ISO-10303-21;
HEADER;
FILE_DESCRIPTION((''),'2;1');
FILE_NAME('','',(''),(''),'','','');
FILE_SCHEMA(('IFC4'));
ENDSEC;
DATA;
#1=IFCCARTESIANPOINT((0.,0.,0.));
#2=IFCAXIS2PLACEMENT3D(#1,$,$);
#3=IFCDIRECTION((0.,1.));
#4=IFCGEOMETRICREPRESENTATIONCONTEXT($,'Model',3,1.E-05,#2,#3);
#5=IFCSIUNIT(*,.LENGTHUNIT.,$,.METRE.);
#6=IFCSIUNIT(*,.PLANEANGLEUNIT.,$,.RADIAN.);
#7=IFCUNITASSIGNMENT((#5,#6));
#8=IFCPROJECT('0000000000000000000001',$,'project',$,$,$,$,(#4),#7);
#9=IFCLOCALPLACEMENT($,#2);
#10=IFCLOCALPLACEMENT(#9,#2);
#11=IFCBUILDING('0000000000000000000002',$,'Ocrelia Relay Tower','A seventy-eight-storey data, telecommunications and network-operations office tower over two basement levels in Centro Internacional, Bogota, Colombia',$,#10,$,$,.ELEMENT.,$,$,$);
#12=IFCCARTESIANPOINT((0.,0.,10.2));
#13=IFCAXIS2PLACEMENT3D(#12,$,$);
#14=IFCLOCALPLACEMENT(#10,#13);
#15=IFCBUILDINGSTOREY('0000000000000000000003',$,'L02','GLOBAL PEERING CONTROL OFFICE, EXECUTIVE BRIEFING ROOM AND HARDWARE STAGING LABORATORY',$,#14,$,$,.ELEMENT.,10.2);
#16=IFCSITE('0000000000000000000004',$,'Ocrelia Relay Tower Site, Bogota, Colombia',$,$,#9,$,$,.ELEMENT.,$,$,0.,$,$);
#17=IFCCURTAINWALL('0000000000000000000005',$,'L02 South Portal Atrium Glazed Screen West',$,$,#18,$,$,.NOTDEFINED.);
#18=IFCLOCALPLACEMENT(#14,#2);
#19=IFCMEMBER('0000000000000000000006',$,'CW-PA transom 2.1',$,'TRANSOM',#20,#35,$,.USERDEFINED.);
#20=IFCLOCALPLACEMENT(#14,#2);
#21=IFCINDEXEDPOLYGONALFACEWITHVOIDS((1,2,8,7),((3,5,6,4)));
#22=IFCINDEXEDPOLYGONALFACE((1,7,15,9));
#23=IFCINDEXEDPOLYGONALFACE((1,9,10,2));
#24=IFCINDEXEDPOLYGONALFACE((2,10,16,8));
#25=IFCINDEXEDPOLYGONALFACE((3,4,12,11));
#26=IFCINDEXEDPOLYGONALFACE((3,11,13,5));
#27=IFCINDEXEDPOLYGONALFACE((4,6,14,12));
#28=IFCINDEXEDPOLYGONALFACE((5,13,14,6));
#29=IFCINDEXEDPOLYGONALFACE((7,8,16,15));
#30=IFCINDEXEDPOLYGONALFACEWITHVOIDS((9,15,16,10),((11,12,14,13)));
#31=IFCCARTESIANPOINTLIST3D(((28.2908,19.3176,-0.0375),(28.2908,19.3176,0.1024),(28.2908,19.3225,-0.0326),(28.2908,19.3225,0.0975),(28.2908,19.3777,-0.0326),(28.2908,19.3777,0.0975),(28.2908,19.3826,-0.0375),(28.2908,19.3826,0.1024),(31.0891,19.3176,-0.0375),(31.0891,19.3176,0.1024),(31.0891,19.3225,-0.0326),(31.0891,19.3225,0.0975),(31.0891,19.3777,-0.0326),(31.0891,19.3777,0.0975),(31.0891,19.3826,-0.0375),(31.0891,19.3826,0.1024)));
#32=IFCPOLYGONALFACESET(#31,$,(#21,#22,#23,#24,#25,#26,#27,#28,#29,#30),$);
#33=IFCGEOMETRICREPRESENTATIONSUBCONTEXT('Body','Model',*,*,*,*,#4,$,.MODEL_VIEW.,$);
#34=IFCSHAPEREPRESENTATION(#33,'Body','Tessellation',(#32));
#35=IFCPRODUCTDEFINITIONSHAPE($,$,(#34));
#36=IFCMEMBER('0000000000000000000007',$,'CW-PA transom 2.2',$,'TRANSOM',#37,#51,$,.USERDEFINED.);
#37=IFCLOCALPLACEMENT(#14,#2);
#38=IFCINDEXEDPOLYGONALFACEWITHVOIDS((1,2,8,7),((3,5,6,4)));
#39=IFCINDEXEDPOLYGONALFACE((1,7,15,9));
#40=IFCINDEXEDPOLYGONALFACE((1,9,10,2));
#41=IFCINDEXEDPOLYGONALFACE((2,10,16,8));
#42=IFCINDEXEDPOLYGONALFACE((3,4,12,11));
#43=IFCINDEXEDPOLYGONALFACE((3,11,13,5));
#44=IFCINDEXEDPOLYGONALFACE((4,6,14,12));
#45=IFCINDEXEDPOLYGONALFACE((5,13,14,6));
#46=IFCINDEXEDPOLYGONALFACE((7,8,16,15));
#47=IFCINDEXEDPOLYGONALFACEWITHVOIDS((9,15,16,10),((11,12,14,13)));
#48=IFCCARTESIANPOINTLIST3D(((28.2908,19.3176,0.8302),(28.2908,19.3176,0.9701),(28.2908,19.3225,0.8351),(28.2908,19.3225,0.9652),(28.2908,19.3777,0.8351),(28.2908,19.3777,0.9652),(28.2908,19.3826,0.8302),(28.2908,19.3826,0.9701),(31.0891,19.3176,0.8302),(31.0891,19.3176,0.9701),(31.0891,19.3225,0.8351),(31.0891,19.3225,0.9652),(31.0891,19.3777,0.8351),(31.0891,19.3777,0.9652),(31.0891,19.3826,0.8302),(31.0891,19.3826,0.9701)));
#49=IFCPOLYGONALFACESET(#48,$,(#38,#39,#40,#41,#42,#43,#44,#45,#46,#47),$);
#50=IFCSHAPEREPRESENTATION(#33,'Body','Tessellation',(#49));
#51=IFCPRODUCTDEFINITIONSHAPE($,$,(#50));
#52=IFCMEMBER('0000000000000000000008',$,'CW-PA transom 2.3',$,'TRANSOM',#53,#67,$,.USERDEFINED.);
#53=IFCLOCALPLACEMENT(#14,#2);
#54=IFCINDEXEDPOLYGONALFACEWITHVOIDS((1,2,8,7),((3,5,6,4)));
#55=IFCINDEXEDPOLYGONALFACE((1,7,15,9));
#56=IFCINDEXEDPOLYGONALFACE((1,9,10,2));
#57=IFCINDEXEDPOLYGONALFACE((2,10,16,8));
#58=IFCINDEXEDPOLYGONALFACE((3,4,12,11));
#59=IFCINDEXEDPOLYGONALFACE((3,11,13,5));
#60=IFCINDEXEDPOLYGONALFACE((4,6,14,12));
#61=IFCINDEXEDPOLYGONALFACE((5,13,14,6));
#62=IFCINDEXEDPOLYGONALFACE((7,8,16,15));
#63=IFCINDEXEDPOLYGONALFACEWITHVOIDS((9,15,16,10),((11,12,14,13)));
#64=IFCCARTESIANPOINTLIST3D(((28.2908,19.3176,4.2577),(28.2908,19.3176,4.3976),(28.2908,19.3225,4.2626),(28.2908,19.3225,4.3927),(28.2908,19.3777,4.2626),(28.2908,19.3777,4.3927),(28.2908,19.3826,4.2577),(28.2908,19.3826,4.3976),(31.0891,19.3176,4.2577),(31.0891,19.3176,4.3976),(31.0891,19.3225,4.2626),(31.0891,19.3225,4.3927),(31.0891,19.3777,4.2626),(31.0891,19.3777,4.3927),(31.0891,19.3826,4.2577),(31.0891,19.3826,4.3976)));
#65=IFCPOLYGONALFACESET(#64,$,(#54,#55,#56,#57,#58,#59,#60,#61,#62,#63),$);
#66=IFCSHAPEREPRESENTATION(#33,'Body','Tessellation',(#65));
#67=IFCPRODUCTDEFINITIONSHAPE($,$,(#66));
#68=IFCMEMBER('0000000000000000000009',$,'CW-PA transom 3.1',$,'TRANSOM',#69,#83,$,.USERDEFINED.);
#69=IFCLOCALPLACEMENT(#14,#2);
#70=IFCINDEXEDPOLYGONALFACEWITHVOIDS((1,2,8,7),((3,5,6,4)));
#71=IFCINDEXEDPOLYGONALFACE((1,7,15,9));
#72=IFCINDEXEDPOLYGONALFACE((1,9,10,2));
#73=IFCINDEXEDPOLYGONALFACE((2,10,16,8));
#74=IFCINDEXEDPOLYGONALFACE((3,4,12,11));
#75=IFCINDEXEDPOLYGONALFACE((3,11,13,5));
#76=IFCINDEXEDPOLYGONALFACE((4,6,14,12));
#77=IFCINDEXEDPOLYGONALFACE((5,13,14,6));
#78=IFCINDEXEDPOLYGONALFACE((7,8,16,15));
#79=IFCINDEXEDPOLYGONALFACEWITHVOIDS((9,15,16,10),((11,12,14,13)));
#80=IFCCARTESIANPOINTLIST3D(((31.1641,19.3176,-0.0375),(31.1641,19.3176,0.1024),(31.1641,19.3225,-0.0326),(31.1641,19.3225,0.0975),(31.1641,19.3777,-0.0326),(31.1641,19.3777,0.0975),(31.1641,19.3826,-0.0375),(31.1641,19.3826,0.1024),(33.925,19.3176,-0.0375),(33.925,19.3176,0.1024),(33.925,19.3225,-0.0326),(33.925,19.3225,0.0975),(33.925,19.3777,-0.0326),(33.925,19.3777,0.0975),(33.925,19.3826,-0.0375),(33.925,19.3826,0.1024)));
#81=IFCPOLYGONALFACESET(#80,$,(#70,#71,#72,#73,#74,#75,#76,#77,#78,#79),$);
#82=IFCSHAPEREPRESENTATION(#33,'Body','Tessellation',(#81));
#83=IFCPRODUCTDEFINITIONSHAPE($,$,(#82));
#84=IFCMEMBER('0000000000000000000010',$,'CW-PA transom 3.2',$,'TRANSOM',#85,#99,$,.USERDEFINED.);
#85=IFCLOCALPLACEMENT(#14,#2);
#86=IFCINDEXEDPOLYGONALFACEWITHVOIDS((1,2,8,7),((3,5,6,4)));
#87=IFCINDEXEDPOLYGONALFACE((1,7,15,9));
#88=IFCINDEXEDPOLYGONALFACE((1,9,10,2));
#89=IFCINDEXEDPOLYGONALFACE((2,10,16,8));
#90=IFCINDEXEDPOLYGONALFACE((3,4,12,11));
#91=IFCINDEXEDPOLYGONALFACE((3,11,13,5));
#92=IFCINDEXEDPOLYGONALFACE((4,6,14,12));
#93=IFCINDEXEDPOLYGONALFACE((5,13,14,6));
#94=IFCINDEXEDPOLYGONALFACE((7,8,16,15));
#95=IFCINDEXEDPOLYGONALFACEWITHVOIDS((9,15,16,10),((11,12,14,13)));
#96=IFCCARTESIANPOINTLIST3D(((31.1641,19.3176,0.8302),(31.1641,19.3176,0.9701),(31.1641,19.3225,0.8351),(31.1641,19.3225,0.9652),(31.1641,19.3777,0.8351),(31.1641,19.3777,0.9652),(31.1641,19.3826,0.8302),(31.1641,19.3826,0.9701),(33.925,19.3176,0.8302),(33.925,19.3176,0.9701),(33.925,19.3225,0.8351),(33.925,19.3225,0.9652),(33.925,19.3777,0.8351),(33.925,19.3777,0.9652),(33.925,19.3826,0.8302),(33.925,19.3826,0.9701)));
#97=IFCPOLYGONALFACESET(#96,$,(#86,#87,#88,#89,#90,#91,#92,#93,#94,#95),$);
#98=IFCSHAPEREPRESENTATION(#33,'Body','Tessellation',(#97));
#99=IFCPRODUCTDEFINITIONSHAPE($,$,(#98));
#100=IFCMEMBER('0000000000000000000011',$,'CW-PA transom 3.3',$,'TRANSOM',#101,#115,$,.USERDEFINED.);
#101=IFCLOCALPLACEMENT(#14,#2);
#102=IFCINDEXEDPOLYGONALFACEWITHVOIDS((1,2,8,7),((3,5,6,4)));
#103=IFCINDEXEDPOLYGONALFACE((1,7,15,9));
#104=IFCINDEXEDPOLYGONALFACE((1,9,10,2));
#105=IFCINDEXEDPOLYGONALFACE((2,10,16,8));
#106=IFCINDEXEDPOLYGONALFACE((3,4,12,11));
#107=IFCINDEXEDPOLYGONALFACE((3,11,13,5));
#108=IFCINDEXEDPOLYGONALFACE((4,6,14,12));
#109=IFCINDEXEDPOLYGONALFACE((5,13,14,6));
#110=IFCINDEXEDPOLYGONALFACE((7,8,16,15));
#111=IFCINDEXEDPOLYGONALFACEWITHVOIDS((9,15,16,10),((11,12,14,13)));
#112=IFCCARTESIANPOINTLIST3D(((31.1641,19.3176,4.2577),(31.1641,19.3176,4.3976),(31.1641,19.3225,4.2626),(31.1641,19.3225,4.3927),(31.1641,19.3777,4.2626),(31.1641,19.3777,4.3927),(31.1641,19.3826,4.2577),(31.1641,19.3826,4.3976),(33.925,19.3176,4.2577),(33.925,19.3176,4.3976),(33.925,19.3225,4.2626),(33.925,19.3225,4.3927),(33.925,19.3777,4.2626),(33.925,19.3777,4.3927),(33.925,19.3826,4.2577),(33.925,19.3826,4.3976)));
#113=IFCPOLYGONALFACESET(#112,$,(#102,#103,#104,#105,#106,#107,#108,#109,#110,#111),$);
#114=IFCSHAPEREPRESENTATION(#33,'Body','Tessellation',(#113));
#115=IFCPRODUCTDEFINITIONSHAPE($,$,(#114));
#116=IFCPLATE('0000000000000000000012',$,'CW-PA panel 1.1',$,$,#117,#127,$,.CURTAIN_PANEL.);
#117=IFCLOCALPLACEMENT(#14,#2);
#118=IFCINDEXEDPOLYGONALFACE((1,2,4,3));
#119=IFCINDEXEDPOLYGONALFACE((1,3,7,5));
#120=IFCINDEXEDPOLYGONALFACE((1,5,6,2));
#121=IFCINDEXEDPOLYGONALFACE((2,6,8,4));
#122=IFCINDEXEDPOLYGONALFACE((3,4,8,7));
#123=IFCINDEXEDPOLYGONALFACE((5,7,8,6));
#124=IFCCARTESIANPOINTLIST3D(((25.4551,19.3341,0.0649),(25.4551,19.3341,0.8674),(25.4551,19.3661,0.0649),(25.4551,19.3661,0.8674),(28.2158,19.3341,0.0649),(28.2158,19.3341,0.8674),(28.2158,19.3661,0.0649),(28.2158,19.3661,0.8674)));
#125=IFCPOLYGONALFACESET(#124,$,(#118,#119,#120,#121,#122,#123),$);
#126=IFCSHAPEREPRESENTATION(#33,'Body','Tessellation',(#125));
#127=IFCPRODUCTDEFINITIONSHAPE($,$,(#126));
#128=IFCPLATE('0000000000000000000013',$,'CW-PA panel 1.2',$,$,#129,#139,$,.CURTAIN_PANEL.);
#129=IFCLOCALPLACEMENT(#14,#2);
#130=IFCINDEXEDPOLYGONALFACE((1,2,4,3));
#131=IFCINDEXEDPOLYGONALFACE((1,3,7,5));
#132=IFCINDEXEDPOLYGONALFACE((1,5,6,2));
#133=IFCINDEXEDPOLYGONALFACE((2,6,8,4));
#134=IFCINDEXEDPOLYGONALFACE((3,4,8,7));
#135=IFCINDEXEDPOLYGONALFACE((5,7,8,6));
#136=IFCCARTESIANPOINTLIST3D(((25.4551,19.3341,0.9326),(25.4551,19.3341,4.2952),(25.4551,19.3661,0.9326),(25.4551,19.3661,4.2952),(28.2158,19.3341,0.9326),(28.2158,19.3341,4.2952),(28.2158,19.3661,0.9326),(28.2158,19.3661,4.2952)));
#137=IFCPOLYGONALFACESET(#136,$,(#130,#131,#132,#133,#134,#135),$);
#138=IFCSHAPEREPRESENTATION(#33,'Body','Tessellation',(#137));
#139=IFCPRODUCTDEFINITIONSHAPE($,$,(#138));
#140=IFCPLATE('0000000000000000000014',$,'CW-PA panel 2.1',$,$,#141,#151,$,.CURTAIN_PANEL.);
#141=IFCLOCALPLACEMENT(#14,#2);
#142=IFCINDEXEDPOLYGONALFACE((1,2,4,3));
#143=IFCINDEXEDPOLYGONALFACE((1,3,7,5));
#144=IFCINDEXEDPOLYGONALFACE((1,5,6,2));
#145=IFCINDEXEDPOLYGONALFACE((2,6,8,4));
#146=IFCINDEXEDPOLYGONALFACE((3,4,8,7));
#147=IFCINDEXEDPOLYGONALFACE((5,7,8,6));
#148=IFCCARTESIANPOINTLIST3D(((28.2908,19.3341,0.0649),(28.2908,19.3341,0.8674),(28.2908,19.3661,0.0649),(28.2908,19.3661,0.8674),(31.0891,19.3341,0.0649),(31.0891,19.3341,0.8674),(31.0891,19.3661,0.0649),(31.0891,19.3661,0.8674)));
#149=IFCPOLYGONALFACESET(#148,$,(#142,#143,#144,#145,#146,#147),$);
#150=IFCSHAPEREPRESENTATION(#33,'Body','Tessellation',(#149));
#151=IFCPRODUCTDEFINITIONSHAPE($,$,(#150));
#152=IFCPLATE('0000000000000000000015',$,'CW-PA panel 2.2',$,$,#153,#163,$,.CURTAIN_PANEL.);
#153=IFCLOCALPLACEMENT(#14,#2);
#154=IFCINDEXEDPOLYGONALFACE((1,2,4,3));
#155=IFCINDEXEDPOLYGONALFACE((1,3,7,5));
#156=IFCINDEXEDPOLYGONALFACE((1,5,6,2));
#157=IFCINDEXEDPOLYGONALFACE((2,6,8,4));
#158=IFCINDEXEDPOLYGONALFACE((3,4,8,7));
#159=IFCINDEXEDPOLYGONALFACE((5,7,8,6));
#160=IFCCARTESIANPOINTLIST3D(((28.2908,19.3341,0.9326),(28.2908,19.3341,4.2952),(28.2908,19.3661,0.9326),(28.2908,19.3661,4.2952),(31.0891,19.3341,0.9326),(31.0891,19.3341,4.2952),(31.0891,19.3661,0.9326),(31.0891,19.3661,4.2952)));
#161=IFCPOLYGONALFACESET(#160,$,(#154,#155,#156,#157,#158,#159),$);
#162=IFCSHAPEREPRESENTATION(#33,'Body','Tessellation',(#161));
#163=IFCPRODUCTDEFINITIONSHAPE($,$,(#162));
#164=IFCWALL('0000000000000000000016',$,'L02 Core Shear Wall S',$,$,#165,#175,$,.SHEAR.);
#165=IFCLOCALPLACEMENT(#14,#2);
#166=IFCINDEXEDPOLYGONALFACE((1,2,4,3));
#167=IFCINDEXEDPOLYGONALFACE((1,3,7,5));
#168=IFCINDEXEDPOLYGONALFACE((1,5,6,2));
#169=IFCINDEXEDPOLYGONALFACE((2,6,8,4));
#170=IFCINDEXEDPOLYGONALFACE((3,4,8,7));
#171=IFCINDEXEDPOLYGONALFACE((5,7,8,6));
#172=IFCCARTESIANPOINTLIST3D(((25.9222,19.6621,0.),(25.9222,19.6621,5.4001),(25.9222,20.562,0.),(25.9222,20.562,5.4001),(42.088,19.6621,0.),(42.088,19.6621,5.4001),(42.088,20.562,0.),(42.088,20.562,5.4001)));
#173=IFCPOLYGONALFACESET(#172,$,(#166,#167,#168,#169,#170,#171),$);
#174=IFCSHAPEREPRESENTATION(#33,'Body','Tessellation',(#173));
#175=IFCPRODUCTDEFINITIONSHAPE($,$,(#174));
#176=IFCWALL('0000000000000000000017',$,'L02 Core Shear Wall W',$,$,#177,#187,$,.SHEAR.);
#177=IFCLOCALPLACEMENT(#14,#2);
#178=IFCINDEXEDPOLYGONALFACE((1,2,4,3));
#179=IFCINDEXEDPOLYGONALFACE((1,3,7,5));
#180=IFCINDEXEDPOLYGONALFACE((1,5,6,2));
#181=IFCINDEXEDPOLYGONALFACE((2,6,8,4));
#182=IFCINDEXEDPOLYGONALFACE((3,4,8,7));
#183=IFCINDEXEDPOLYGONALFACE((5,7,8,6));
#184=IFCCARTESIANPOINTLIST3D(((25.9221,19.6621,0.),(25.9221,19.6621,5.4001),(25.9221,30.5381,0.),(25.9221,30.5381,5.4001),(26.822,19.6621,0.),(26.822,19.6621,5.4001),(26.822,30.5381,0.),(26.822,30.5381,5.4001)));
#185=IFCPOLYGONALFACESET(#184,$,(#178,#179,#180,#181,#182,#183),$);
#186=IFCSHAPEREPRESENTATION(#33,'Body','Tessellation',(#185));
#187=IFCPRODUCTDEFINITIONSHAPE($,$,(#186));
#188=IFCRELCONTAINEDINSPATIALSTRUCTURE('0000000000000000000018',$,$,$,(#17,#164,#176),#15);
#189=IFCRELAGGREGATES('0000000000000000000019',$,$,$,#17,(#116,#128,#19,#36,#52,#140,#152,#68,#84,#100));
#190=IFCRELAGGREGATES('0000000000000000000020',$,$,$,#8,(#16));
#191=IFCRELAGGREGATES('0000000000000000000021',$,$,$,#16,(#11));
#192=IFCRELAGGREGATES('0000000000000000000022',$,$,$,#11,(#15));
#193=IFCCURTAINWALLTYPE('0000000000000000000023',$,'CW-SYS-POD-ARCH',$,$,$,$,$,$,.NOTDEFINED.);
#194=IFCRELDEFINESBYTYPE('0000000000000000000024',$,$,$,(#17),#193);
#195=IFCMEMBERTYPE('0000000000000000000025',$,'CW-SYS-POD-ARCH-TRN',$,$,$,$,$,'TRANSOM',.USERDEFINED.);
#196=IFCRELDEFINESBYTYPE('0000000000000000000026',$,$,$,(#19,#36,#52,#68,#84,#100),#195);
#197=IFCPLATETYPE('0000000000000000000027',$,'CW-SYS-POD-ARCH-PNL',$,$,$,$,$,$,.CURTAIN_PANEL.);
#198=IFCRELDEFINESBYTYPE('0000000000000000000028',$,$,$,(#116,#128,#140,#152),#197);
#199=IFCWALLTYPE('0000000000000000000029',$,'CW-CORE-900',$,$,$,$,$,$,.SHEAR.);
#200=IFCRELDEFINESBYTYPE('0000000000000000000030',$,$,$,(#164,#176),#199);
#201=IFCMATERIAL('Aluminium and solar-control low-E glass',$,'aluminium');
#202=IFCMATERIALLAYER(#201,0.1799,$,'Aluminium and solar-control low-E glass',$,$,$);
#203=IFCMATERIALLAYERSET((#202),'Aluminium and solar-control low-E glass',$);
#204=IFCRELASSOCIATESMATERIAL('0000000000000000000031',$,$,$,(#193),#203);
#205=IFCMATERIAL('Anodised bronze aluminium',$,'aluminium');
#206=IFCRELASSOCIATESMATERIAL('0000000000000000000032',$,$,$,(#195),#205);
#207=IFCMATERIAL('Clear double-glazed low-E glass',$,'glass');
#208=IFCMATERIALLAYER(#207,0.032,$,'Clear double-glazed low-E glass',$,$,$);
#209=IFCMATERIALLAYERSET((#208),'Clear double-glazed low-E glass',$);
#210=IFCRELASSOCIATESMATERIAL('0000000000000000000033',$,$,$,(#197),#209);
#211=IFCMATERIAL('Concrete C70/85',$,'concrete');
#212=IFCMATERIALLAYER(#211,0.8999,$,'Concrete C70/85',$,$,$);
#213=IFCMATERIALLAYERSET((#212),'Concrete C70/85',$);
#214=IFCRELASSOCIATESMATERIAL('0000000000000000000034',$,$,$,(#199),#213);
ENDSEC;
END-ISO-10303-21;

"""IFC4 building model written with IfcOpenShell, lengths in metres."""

from ifc_helpers import new_model, si_unit, direction, frame, frame_2d, origin, origin_2d, place, context, subcontext, project, spatial, rectangle, hollow_rectangle, extrude, material, layer, layer_set, material_profile, profile_set, type_object, element, aggregate, save


model = new_model("IFC4")

# Units and contexts
model_context = context("Model", 3, precision=1e-05, world=origin(), true_north=direction((0.0, 1.0)))
body_context = subcontext(model_context, "Body", "Model", "MODEL_VIEW")
ifc_project = project(units=[si_unit("LENGTHUNIT", "METRE"), si_unit("PLANEANGLEUNIT", "RADIAN")], contexts=[model_context])

# Site, building, storey
site_placement = place(None, origin())
site = spatial("IfcSite", under=ifc_project, at=site_placement, Name="Ocrelia Relay Tower Site, Bogota, Colombia", CompositionType="ELEMENT", RefElevation=0.0)
building_placement = place(site_placement, origin())
building = spatial("IfcBuilding", under=site, at=building_placement, Name="Ocrelia Relay Tower", Description="A seventy-eight-storey data, telecommunications and network-operations office tower over two basement levels in Centro Internacional, Bogota, Colombia", CompositionType="ELEMENT")
storey_placement = place(building_placement, frame((0.0, 0.0, 10.2)))
storey = spatial("IfcBuildingStorey", under=building, at=storey_placement, Name="L02", Description="GLOBAL PEERING CONTROL OFFICE, EXECUTIVE BRIEFING ROOM AND HARDWARE STAGING LABORATORY", CompositionType="ELEMENT", Elevation=10.2)

# Curtain wall, members, plates
ifc_material_1 = material(Name="Aluminium and solar-control low-E glass", Category="aluminium")
ifc_layer_1 = layer(ifc_material_1, 0.1799, Name="Aluminium and solar-control low-E glass")
ifc_layer_set_1 = layer_set([ifc_layer_1], Name="Aluminium and solar-control low-E glass")
curtain_wall_type = type_object("IfcCurtainWallType", Name="CW-SYS-POD-ARCH", PredefinedType="NOTDEFINED", material=ifc_layer_set_1)
curtain_wall_placement = place(storey_placement, origin())
curtain_wall = element("IfcCurtainWall", 1, at=curtain_wall_placement, inside=storey, type_object=curtain_wall_type, Name="L02 South Portal Atrium Glazed Screen West", PredefinedType="NOTDEFINED")
ifc_material_2 = material(Name="Anodised bronze aluminium", Category="aluminium")
ifc_material_profile_1 = material_profile(ifc_material_2, hollow_rectangle(XDim=0.0649, YDim=0.1399, WallThickness=0.0049, at=origin_2d()), Name="CW-TRN-140x65")
ifc_profile_set_1 = profile_set([ifc_material_profile_1], Name="Anodised bronze aluminium")
member_type_1 = type_object("IfcMemberType", Name="CW-SYS-POD-ARCH-TRN", ElementType="TRANSOM", PredefinedType="USERDEFINED", material=ifc_profile_set_1)
member_1_placement = place(storey_placement, frame((28.2908, 19.3501, 0.0325), z_axis=(1.0, 0.0, 0.0), x_axis=(0.0, 1.0, 0.0)))
member_1 = element("IfcMember", 2, at=member_1_placement, type_object=member_type_1, Name="CW-PA transom 2.1", ObjectType="TRANSOM", PredefinedType="USERDEFINED", context=body_context, shape_type="SweptSolid", body=[
    extrude(hollow_rectangle(XDim=0.0649, YDim=0.1399, WallThickness=0.0049, at=origin_2d()), origin(), (0.0, 0.0, 1.0), 2.7983),
])
member_2_placement = place(storey_placement, frame((28.2908, 19.3501, 0.9001), z_axis=(1.0, 0.0, 0.0), x_axis=(0.0, 1.0, 0.0)))
member_2 = element("IfcMember", 3, at=member_2_placement, type_object=member_type_1, Name="CW-PA transom 2.2", ObjectType="TRANSOM", PredefinedType="USERDEFINED", context=body_context, shape_type="SweptSolid", body=[
    extrude(hollow_rectangle(XDim=0.0649, YDim=0.1399, WallThickness=0.0049, at=origin_2d()), origin(), (0.0, 0.0, 1.0), 2.7983),
])
member_3_placement = place(storey_placement, frame((28.2908, 19.3501, 4.3276), z_axis=(1.0, 0.0, 0.0), x_axis=(0.0, 1.0, 0.0)))
member_3 = element("IfcMember", 4, at=member_3_placement, type_object=member_type_1, Name="CW-PA transom 2.3", ObjectType="TRANSOM", PredefinedType="USERDEFINED", context=body_context, shape_type="SweptSolid", body=[
    extrude(hollow_rectangle(XDim=0.0649, YDim=0.1399, WallThickness=0.0049, at=origin_2d()), origin(), (0.0, 0.0, 1.0), 2.7983),
])
member_4_placement = place(storey_placement, frame((31.1641, 19.3501, 0.0325), z_axis=(1.0, 0.0, 0.0), x_axis=(0.0, 1.0, 0.0)))
member_4 = element("IfcMember", 5, at=member_4_placement, type_object=member_type_1, Name="CW-PA transom 3.1", ObjectType="TRANSOM", PredefinedType="USERDEFINED", context=body_context, shape_type="SweptSolid", body=[
    extrude(hollow_rectangle(XDim=0.0649, YDim=0.1399, WallThickness=0.0049, at=origin_2d()), origin(), (0.0, 0.0, 1.0), 2.761),
])
member_5_placement = place(storey_placement, frame((31.1641, 19.3501, 0.9001), z_axis=(1.0, 0.0, 0.0), x_axis=(0.0, 1.0, 0.0)))
member_5 = element("IfcMember", 6, at=member_5_placement, type_object=member_type_1, Name="CW-PA transom 3.2", ObjectType="TRANSOM", PredefinedType="USERDEFINED", context=body_context, shape_type="SweptSolid", body=[
    extrude(hollow_rectangle(XDim=0.0649, YDim=0.1399, WallThickness=0.0049, at=origin_2d()), origin(), (0.0, 0.0, 1.0), 2.761),
])
member_6_placement = place(storey_placement, frame((31.1641, 19.3501, 4.3276), z_axis=(1.0, 0.0, 0.0), x_axis=(0.0, 1.0, 0.0)))
member_6 = element("IfcMember", 7, at=member_6_placement, type_object=member_type_1, Name="CW-PA transom 3.3", ObjectType="TRANSOM", PredefinedType="USERDEFINED", context=body_context, shape_type="SweptSolid", body=[
    extrude(hollow_rectangle(XDim=0.0649, YDim=0.1399, WallThickness=0.0049, at=origin_2d()), origin(), (0.0, 0.0, 1.0), 2.761),
])
ifc_material_3 = material(Name="Clear double-glazed low-E glass", Category="glass")
ifc_layer_2 = layer(ifc_material_3, 0.032, Name="Clear double-glazed low-E glass")
ifc_layer_set_2 = layer_set([ifc_layer_2], Name="Clear double-glazed low-E glass")
plate_type = type_object("IfcPlateType", Name="CW-SYS-POD-ARCH-PNL", PredefinedType="CURTAIN_PANEL", material=ifc_layer_set_2)
plate_1_placement = place(storey_placement, frame((26.8354, 19.3501, 0.0649), z_axis=(0.0, 0.0, 1.0), x_axis=(1.0, 0.0, 0.0)))
plate_1 = element("IfcPlate", 8, at=plate_1_placement, type_object=plate_type, Name="CW-PA panel 1.1", PredefinedType="CURTAIN_PANEL", context=body_context, shape_type="SweptSolid", body=[
    extrude(rectangle(XDim=2.7607, YDim=0.032, at=origin_2d()), origin(), (0.0, 0.0, 1.0), 0.8025),
])
plate_2_placement = place(storey_placement, frame((26.8354, 19.3501, 0.9326), z_axis=(0.0, 0.0, 1.0), x_axis=(1.0, 0.0, 0.0)))
plate_2 = element("IfcPlate", 9, at=plate_2_placement, type_object=plate_type, Name="CW-PA panel 1.2", PredefinedType="CURTAIN_PANEL", context=body_context, shape_type="SweptSolid", body=[
    extrude(rectangle(XDim=2.7607, YDim=0.032, at=origin_2d()), origin(), (0.0, 0.0, 1.0), 3.3625),
])
plate_3_placement = place(storey_placement, frame((29.6899, 19.3501, 0.0649), z_axis=(0.0, 0.0, 1.0), x_axis=(1.0, 0.0, 0.0)))
plate_3 = element("IfcPlate", 10, at=plate_3_placement, type_object=plate_type, Name="CW-PA panel 2.1", PredefinedType="CURTAIN_PANEL", context=body_context, shape_type="SweptSolid", body=[
    extrude(rectangle(XDim=2.7983, YDim=0.032, at=origin_2d()), origin(), (0.0, 0.0, 1.0), 0.8025),
])
plate_4_placement = place(storey_placement, frame((29.6899, 19.3501, 0.9326), z_axis=(0.0, 0.0, 1.0), x_axis=(1.0, 0.0, 0.0)))
plate_4 = element("IfcPlate", 11, at=plate_4_placement, type_object=plate_type, Name="CW-PA panel 2.2", PredefinedType="CURTAIN_PANEL", context=body_context, shape_type="SweptSolid", body=[
    extrude(rectangle(XDim=2.7983, YDim=0.032, at=origin_2d()), origin(), (0.0, 0.0, 1.0), 3.3625),
])
aggregate(curtain_wall, [plate_1, plate_2, member_1, member_2, member_3, plate_3, plate_4, member_4, member_5, member_6])

# Walls
ifc_material_4 = material(Name="Concrete C70/85", Category="concrete")
ifc_layer_3 = layer(ifc_material_4, 0.8999, Name="Concrete C70/85")
ifc_layer_set_3 = layer_set([ifc_layer_3], Name="Concrete C70/85")
wall_type_1 = type_object("IfcWallType", Name="CW-CORE-900", PredefinedType="SHEAR", material=ifc_layer_set_3)
wall_1_placement = place(storey_placement, frame((25.9221, 20.1121, 0.0), z_axis=(0.0, 0.0, 1.0), x_axis=(1.0, 0.0, 0.0)))
element("IfcWall", 12, at=wall_1_placement, inside=storey, type_object=wall_type_1, Name="L02 Core Shear Wall S", PredefinedType="SHEAR", context=body_context, shape_type="SweptSolid", body=[
    extrude(rectangle(XDim=16.1658, YDim=0.8999, at=frame_2d((8.083, 0.0))), origin(), (0.0, 0.0, 1.0), 5.4001),
])
wall_2_placement = place(storey_placement, frame((26.3721, 19.6621, 0.0), z_axis=(0.0, 0.0, 1.0), x_axis=(0.0, 1.0, 0.0)))
element("IfcWall", 13, at=wall_2_placement, inside=storey, type_object=wall_type_1, Name="L02 Core Shear Wall W", PredefinedType="SHEAR", context=body_context, shape_type="SweptSolid", body=[
    extrude(rectangle(XDim=10.876, YDim=0.8999, at=frame_2d((5.438, 0.0))), origin(), (0.0, 0.0, 1.0), 5.4001),
])

save(model, "model.ifc")
